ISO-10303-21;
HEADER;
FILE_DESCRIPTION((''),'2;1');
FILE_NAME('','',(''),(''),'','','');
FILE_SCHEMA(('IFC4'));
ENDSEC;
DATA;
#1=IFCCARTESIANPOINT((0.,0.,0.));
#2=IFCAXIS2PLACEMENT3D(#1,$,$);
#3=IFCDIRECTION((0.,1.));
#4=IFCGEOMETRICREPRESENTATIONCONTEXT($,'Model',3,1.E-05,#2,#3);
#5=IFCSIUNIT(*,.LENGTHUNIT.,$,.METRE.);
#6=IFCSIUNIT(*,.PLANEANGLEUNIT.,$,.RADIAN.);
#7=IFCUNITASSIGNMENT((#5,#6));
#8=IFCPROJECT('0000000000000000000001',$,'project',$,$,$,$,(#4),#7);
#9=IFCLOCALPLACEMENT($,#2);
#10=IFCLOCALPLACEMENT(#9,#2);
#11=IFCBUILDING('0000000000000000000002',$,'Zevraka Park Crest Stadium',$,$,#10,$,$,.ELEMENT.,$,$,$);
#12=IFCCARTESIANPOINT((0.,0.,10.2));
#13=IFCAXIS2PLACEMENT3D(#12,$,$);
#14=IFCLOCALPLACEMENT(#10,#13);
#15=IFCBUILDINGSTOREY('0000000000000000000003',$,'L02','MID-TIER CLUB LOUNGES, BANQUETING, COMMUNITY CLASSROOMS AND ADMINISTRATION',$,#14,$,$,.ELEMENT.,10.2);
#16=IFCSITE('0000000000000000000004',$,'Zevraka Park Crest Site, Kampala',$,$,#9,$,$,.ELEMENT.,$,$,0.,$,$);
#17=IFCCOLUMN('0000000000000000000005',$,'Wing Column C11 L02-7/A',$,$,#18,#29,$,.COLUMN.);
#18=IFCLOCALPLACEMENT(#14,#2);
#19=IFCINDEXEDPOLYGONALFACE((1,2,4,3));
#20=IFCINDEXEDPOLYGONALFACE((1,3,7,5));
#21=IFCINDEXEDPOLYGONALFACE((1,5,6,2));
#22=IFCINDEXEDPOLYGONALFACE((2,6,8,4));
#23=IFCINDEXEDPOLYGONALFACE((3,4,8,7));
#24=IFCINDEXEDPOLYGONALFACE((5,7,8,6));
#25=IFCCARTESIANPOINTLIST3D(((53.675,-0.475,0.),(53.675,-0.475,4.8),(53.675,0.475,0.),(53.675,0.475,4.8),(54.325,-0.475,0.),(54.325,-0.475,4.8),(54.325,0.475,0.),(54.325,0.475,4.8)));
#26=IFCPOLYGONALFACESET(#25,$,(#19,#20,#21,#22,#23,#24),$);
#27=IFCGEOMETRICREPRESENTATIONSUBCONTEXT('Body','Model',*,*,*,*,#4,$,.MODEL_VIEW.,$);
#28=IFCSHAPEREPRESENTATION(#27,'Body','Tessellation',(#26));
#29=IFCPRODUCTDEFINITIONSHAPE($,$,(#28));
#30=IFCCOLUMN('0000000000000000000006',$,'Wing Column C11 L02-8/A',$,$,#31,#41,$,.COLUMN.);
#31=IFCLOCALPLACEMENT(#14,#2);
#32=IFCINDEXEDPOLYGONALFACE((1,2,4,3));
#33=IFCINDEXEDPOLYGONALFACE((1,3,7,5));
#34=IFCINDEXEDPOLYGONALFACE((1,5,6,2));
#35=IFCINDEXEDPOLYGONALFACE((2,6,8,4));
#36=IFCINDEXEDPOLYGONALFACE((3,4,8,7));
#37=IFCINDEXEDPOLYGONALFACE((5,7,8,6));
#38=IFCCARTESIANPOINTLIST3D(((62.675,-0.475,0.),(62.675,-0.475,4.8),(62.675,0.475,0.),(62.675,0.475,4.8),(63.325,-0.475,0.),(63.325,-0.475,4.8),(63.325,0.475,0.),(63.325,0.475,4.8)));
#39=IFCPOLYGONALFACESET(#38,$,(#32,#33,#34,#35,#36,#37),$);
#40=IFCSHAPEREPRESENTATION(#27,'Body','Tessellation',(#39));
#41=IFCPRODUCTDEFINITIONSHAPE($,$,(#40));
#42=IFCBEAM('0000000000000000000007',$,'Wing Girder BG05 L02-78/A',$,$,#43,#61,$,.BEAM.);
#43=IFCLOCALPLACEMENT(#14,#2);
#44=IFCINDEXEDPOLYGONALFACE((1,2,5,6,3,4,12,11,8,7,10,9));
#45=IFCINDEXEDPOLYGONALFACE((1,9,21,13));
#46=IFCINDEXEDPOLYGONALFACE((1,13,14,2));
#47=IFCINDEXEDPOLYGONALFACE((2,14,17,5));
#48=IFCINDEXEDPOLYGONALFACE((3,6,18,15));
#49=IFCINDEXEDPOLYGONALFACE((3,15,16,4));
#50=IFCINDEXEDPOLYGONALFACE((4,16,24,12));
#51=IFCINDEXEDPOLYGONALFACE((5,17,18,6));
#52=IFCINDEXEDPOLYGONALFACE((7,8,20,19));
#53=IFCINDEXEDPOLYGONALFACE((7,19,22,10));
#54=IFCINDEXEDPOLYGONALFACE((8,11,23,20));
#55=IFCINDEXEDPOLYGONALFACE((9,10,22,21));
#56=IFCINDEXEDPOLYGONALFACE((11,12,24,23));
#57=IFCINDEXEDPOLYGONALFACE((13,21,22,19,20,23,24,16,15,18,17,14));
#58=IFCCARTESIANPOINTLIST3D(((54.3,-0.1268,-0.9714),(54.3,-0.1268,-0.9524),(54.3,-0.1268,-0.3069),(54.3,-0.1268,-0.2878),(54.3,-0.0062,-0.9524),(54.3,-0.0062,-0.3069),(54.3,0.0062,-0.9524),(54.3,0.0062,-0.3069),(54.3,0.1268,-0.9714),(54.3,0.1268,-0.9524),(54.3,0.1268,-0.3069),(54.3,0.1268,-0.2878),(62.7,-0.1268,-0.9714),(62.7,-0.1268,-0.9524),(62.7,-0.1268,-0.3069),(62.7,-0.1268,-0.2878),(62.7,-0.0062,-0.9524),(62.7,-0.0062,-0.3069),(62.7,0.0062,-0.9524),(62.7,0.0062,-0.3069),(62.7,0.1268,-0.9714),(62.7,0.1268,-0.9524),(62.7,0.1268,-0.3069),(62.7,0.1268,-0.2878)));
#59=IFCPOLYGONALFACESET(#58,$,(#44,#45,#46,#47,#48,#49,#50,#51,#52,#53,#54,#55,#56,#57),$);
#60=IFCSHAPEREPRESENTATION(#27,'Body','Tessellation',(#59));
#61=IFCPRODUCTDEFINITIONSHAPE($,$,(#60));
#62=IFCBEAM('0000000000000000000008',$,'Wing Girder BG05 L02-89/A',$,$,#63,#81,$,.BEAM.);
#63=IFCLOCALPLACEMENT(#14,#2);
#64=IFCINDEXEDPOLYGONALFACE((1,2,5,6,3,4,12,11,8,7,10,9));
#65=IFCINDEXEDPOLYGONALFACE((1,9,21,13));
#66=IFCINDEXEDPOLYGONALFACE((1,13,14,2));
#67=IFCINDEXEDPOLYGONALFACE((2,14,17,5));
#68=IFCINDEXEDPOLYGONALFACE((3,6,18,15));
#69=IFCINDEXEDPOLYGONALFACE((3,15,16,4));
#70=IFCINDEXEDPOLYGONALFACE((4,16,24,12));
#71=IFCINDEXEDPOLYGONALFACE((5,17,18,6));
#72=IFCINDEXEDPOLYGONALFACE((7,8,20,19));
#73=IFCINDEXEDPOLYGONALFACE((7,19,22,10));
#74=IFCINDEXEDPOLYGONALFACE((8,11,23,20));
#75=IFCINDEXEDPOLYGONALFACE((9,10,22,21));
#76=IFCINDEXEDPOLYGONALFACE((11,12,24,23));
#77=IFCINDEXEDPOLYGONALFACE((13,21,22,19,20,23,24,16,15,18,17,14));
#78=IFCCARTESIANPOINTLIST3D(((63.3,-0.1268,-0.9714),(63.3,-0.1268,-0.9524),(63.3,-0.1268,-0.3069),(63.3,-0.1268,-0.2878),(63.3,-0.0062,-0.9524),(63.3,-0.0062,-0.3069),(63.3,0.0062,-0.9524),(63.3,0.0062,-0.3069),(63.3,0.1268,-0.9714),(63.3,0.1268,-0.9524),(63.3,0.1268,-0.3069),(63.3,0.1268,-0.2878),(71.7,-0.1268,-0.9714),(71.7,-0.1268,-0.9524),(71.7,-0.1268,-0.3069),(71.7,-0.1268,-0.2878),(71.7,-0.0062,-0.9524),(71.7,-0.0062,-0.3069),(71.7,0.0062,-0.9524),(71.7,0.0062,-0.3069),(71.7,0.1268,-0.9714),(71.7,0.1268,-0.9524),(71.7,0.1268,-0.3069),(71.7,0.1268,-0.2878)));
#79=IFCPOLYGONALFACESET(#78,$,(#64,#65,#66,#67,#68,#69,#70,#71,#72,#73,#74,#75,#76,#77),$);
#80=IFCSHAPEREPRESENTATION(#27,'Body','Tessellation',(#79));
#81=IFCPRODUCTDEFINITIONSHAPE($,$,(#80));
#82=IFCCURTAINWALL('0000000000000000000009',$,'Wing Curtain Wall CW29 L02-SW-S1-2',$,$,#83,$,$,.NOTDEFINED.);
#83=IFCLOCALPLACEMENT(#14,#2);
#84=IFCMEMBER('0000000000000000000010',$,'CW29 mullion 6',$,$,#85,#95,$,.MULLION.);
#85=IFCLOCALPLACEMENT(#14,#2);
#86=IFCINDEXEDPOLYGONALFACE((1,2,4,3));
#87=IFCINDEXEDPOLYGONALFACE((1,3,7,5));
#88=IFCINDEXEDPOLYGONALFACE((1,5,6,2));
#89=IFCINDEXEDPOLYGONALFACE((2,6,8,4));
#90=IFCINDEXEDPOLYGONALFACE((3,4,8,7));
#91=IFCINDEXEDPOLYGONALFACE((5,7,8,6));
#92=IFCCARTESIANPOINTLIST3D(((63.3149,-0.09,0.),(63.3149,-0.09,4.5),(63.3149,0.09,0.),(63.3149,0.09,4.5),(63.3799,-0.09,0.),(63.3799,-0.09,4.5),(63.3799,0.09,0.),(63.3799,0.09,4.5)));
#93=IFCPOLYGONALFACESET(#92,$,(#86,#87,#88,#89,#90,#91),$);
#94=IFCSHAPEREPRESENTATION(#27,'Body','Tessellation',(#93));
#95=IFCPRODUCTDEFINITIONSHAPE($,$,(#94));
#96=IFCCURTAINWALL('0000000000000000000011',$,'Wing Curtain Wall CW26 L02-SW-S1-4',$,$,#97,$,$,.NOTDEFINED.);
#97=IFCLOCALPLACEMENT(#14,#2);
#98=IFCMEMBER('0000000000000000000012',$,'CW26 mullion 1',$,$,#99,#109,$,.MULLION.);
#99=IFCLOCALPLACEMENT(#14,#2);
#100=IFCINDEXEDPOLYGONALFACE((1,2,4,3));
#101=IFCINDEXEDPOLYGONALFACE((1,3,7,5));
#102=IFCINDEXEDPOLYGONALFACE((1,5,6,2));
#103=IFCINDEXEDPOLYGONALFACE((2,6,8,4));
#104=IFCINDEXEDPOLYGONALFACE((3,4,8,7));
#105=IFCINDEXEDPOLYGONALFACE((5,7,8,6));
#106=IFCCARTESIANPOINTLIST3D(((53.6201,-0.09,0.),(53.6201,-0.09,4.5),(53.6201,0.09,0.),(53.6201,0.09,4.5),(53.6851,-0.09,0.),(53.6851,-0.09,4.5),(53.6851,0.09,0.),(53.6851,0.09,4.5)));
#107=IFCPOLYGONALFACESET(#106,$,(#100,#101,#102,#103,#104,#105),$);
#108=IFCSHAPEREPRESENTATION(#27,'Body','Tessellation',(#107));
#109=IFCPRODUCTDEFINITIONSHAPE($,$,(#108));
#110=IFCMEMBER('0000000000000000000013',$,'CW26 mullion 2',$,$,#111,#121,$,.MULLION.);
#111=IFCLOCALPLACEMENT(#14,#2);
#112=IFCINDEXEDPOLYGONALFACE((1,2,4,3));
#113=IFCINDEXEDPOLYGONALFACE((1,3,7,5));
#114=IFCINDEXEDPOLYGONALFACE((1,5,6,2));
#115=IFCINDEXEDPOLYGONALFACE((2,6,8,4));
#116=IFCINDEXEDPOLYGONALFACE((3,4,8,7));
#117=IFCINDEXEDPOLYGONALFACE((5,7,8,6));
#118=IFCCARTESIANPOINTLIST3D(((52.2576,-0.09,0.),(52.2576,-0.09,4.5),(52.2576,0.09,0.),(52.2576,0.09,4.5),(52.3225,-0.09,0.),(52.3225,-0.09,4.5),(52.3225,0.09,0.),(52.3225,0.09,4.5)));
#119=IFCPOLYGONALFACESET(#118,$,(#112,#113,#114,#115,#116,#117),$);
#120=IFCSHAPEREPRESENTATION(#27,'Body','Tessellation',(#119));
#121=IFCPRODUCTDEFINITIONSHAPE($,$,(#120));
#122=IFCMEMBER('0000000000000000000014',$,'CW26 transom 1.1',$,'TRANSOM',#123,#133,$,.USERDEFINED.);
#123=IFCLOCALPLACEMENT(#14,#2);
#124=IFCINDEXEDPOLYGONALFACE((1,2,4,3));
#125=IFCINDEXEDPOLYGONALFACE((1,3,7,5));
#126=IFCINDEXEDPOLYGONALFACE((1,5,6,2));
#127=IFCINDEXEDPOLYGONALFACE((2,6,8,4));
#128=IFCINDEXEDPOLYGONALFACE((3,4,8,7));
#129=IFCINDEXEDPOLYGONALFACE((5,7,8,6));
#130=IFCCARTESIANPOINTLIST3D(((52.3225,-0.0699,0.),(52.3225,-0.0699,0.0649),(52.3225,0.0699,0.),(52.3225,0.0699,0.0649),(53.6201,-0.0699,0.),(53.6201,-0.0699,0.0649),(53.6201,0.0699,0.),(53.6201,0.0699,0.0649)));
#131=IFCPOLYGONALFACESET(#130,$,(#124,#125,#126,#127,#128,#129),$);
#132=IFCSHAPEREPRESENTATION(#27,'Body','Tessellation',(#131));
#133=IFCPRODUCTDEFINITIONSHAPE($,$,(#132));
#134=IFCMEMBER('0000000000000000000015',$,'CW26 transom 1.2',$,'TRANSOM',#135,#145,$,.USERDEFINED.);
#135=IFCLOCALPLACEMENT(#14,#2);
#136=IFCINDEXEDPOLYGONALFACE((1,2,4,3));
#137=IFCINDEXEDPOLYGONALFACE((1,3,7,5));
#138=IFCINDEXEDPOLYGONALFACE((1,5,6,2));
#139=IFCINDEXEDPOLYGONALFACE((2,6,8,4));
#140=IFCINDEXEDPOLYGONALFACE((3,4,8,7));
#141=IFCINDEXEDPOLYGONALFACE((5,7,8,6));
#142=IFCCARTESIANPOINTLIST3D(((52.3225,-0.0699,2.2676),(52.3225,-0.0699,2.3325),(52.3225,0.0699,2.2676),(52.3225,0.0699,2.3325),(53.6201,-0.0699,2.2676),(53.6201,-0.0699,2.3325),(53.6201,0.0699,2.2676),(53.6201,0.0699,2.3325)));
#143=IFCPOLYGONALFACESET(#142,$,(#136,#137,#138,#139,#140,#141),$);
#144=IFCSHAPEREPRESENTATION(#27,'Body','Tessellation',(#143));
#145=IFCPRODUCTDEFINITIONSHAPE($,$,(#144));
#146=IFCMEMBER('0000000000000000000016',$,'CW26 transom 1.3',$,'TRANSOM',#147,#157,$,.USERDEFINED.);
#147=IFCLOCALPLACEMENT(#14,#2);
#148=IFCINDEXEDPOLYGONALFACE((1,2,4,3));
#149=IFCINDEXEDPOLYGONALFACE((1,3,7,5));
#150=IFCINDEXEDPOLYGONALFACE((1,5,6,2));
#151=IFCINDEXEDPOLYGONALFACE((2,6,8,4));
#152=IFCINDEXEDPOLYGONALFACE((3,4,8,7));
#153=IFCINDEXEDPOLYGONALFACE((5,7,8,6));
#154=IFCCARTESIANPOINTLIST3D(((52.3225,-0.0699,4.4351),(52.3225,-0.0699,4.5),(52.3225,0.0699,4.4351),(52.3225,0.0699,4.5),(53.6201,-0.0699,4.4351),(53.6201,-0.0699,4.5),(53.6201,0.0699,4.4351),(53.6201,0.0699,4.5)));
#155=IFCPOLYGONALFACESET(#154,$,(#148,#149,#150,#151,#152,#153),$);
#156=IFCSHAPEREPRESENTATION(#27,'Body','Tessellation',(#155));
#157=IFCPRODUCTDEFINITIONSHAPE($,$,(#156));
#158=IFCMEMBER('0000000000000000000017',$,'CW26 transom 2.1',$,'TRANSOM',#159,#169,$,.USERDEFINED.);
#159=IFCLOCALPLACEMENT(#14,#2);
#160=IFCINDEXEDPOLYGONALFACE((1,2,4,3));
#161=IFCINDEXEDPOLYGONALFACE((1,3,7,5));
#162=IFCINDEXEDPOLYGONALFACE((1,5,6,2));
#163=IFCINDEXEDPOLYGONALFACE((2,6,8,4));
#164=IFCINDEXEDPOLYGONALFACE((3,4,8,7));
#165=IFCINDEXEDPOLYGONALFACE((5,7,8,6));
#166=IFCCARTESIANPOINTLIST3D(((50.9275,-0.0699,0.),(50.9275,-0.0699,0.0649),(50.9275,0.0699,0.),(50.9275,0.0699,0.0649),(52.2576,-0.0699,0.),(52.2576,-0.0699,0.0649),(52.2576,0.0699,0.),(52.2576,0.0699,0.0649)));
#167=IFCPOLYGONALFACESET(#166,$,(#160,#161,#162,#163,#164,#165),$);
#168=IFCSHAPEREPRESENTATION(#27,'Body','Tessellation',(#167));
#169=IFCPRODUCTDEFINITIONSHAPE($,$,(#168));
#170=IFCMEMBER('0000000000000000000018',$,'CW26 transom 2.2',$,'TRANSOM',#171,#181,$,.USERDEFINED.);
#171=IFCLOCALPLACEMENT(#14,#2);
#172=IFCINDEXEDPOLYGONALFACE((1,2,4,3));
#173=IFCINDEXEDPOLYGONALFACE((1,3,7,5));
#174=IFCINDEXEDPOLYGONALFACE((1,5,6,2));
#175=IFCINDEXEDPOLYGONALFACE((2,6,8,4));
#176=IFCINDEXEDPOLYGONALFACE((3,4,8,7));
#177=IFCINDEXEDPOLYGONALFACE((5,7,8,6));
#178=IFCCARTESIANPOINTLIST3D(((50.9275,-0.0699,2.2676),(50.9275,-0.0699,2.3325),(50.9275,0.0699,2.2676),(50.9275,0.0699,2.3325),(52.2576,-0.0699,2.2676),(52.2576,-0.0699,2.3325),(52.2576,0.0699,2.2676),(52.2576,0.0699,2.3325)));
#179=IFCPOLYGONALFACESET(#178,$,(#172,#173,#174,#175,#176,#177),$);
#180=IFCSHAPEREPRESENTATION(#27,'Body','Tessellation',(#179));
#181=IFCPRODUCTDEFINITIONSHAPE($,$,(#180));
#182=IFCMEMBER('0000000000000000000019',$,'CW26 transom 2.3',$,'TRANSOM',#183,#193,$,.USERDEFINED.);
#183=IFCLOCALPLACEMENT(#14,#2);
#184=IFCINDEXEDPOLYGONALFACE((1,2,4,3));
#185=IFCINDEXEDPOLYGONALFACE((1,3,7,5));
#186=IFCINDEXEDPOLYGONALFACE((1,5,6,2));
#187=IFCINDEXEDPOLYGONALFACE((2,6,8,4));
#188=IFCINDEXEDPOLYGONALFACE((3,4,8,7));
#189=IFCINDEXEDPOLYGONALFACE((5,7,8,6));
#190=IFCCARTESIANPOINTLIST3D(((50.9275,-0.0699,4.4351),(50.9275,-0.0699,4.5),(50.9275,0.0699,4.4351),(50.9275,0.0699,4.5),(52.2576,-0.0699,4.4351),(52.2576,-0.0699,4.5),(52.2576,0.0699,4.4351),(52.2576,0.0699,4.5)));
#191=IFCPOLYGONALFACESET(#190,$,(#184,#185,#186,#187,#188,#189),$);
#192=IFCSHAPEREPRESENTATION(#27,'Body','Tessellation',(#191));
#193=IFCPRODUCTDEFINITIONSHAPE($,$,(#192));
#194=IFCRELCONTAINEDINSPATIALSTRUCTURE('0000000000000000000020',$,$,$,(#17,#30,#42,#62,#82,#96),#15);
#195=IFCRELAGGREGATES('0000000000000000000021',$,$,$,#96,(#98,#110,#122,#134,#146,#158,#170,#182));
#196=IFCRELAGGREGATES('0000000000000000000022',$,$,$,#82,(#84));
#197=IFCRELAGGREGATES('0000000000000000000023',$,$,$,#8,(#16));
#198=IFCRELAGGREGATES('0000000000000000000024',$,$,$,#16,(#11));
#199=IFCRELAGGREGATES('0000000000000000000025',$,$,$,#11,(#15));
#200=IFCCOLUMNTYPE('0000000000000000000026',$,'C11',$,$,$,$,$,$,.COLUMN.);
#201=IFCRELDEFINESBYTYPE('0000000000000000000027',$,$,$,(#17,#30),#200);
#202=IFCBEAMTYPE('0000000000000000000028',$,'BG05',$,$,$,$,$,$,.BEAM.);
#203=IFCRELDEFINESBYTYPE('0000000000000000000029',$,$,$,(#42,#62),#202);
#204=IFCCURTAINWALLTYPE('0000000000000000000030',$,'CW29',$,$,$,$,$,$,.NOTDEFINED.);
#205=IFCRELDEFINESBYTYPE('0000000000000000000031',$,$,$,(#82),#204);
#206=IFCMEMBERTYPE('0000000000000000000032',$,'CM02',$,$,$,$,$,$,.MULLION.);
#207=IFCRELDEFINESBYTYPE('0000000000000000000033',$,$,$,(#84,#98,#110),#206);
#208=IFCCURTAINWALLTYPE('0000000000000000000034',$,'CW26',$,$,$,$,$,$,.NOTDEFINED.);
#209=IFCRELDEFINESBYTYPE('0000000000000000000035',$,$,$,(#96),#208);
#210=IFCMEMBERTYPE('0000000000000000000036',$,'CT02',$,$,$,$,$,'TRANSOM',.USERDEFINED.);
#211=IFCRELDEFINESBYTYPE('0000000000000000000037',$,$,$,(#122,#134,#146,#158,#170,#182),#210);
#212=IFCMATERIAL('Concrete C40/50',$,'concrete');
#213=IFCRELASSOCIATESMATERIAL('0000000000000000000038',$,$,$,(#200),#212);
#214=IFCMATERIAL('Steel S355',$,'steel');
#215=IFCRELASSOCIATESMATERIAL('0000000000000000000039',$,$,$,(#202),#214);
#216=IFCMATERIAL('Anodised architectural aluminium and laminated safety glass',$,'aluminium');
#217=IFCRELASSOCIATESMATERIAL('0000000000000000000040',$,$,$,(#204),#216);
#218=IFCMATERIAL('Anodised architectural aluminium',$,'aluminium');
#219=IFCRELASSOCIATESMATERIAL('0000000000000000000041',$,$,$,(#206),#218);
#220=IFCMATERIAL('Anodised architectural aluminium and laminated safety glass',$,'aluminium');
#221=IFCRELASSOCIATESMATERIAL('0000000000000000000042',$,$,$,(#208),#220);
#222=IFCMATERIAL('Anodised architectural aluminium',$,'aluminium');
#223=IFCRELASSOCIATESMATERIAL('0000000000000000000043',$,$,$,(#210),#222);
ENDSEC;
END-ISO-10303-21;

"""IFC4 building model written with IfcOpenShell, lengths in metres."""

from ifc_helpers import new_model, si_unit, direction, frame, origin, origin_2d, place, context, subcontext, project, spatial, rectangle, i_section, extrude, material, material_profile, profile_set, type_object, element, aggregate, save


model = new_model("IFC4")

# Units and contexts
model_context = context("Model", 3, precision=1e-05, world=origin(), true_north=direction((0.0, 1.0)))
body_context = subcontext(model_context, "Body", "Model", "MODEL_VIEW")
ifc_project = project(units=[si_unit("LENGTHUNIT", "METRE"), si_unit("PLANEANGLEUNIT", "RADIAN")], contexts=[model_context])

# Site, building, storey
site_placement = place(None, origin())
site = spatial("IfcSite", under=ifc_project, at=site_placement, Name="Zevraka Park Crest Site, Kampala", CompositionType="ELEMENT", RefElevation=0.0)
building_placement = place(site_placement, origin())
building = spatial("IfcBuilding", under=site, at=building_placement, Name="Zevraka Park Crest Stadium", CompositionType="ELEMENT")
storey_placement = place(building_placement, frame((0.0, 0.0, 10.2)))
storey = spatial("IfcBuildingStorey", under=building, at=storey_placement, Name="L02", Description="MID-TIER CLUB LOUNGES, BANQUETING, COMMUNITY CLASSROOMS AND ADMINISTRATION", CompositionType="ELEMENT", Elevation=10.2)

# Columns
ifc_material_1 = material(Name="Concrete C40/50", Category="concrete")
ifc_material_profile_1 = material_profile(ifc_material_1, rectangle(XDim=0.6499, YDim=0.95, at=origin_2d()), Name="RC 950x650")
ifc_profile_set_1 = profile_set([ifc_material_profile_1], Name="Concrete C40/50")
column_type = type_object("IfcColumnType", Name="C11", PredefinedType="COLUMN", material=ifc_profile_set_1)
for number, where, z_axis, x_axis, name in (
    (1, (54.0, 0.0, 0.0), (0.0, 0.0, 1.0), (1.0, 0.0, 0.0), "Wing Column C11 L02-7/A"),
    (2, (63.0, 0.0, 0.0), (0.0, 0.0, 1.0), (1.0, 0.0, 0.0), "Wing Column C11 L02-8/A"),
):
    element("IfcColumn", number, at=place(storey_placement, frame(where, z_axis=z_axis, x_axis=x_axis)), inside=storey, type_object=column_type, Name=name, PredefinedType="COLUMN", context=body_context, shape_type="SweptSolid", body=[
        extrude(rectangle(XDim=0.6499, YDim=0.95, at=origin_2d()), origin(), (0.0, 0.0, 1.0), 4.8),
    ])

# Beams
ifc_material_2 = material(Name="Steel S355", Category="steel")
ifc_material_profile_2 = material_profile(ifc_material_2, i_section(OverallWidth=0.2537, OverallDepth=0.6836, WebThickness=0.0125, FlangeThickness=0.019, at=origin_2d()), Name="UKB 686x254x140")
ifc_profile_set_2 = profile_set([ifc_material_profile_2], Name="Steel S355")
beam_type = type_object("IfcBeamType", Name="BG05", PredefinedType="BEAM", material=ifc_profile_set_2)
for number, where, z_axis, x_axis, name in (
    (3, (54.3, 0.0, -0.6296), (1.0, 0.0, 0.0), (0.0, 1.0, 0.0), "Wing Girder BG05 L02-78/A"),
    (4, (63.3, 0.0, -0.6296), (1.0, 0.0, 0.0), (0.0, 1.0, 0.0), "Wing Girder BG05 L02-89/A"),
):
    element("IfcBeam", number, at=place(storey_placement, frame(where, z_axis=z_axis, x_axis=x_axis)), inside=storey, type_object=beam_type, Name=name, PredefinedType="BEAM", context=body_context, shape_type="SweptSolid", body=[
        extrude(i_section(OverallWidth=0.2537, OverallDepth=0.6836, WebThickness=0.0125, FlangeThickness=0.019, at=origin_2d()), origin(), (0.0, 0.0, 1.0), 8.3999),
    ])

# Curtain wall, member
ifc_material_3 = material(Name="Anodised architectural aluminium and laminated safety glass", Category="aluminium")
curtain_wall_type_1 = type_object("IfcCurtainWallType", Name="CW29", PredefinedType="NOTDEFINED", material=ifc_material_3)
curtain_wall_1_placement = place(storey_placement, origin())
curtain_wall_1 = element("IfcCurtainWall", 5, at=curtain_wall_1_placement, inside=storey, type_object=curtain_wall_type_1, Name="Wing Curtain Wall CW29 L02-SW-S1-2", PredefinedType="NOTDEFINED")
ifc_material_4 = material(Name="Anodised architectural aluminium", Category="aluminium")
ifc_material_profile_3 = material_profile(ifc_material_4, rectangle(XDim=0.1799, YDim=0.0649, at=origin_2d()), Name="ALU MULLION 180x65")
ifc_profile_set_3 = profile_set([ifc_material_profile_3], Name="Anodised architectural aluminium")
member_type_1 = type_object("IfcMemberType", Name="CM02", PredefinedType="MULLION", material=ifc_profile_set_3)
member_1_placement = place(storey_placement, frame((63.3474, 0.0, 0.0), z_axis=(0.0, 0.0, 1.0), x_axis=(0.0, -1.0, 0.0)))
member_1 = element("IfcMember", 6, at=member_1_placement, type_object=member_type_1, Name="CW29 mullion 6", PredefinedType="MULLION", context=body_context, shape_type="SweptSolid", body=[
    extrude(rectangle(XDim=0.1799, YDim=0.0649, at=origin_2d()), origin(), (0.0, 0.0, 1.0), 4.5),
])

# Curtain wall, members
ifc_material_5 = material(Name="Anodised architectural aluminium and laminated safety glass", Category="aluminium")
curtain_wall_type_2 = type_object("IfcCurtainWallType", Name="CW26", PredefinedType="NOTDEFINED", material=ifc_material_5)
curtain_wall_2_placement = place(storey_placement, origin())
curtain_wall_2 = element("IfcCurtainWall", 7, at=curtain_wall_2_placement, inside=storey, type_object=curtain_wall_type_2, Name="Wing Curtain Wall CW26 L02-SW-S1-4", PredefinedType="NOTDEFINED")
member_2_placement = place(storey_placement, frame((53.6526, 0.0, 0.0), z_axis=(0.0, 0.0, 1.0), x_axis=(0.0, -1.0, 0.0)))
member_2 = element("IfcMember", 8, at=member_2_placement, type_object=member_type_1, Name="CW26 mullion 1", PredefinedType="MULLION", context=body_context, shape_type="SweptSolid", body=[
    extrude(rectangle(XDim=0.1799, YDim=0.0649, at=origin_2d()), origin(), (0.0, 0.0, 1.0), 4.5),
])
member_3_placement = place(storey_placement, frame((52.29, 0.0, 0.0), z_axis=(0.0, 0.0, 1.0), x_axis=(0.0, -1.0, 0.0)))
member_3 = element("IfcMember", 9, at=member_3_placement, type_object=member_type_1, Name="CW26 mullion 2", PredefinedType="MULLION", context=body_context, shape_type="SweptSolid", body=[
    extrude(rectangle(XDim=0.1799, YDim=0.0649, at=origin_2d()), origin(), (0.0, 0.0, 1.0), 4.5),
])
ifc_material_6 = material(Name="Anodised architectural aluminium", Category="aluminium")
ifc_material_profile_4 = material_profile(ifc_material_6, rectangle(XDim=0.1399, YDim=0.0649, at=origin_2d()), Name="ALU TRANSOM 140x65")
ifc_profile_set_4 = profile_set([ifc_material_profile_4], Name="Anodised architectural aluminium")
member_type_2 = type_object("IfcMemberType", Name="CT02", ElementType="TRANSOM", PredefinedType="USERDEFINED", material=ifc_profile_set_4)
member_4_placement = place(storey_placement, frame((53.6201, 0.0, 0.0325), z_axis=(-1.0, 0.0, 0.0), x_axis=(0.0, -1.0, 0.0)))
member_4 = element("IfcMember", 10, at=member_4_placement, type_object=member_type_2, Name="CW26 transom 1.1", ObjectType="TRANSOM", PredefinedType="USERDEFINED", context=body_context, shape_type="SweptSolid", body=[
    extrude(rectangle(XDim=0.1399, YDim=0.0649, at=origin_2d()), origin(), (0.0, 0.0, 1.0), 1.2976),
])
member_5_placement = place(storey_placement, frame((53.6201, 0.0, 2.3), z_axis=(-1.0, 0.0, 0.0), x_axis=(0.0, -1.0, 0.0)))
member_5 = element("IfcMember", 11, at=member_5_placement, type_object=member_type_2, Name="CW26 transom 1.2", ObjectType="TRANSOM", PredefinedType="USERDEFINED", context=body_context, shape_type="SweptSolid", body=[
    extrude(rectangle(XDim=0.1399, YDim=0.0649, at=origin_2d()), origin(), (0.0, 0.0, 1.0), 1.2976),
])
member_6_placement = place(storey_placement, frame((53.6201, 0.0, 4.4675), z_axis=(-1.0, 0.0, 0.0), x_axis=(0.0, -1.0, 0.0)))
member_6 = element("IfcMember", 12, at=member_6_placement, type_object=member_type_2, Name="CW26 transom 1.3", ObjectType="TRANSOM", PredefinedType="USERDEFINED", context=body_context, shape_type="SweptSolid", body=[
    extrude(rectangle(XDim=0.1399, YDim=0.0649, at=origin_2d()), origin(), (0.0, 0.0, 1.0), 1.2976),
])
member_7_placement = place(storey_placement, frame((52.2576, 0.0, 0.0325), z_axis=(-1.0, 0.0, 0.0), x_axis=(0.0, -1.0, 0.0)))
member_7 = element("IfcMember", 13, at=member_7_placement, type_object=member_type_2, Name="CW26 transom 2.1", ObjectType="TRANSOM", PredefinedType="USERDEFINED", context=body_context, shape_type="SweptSolid", body=[
    extrude(rectangle(XDim=0.1399, YDim=0.0649, at=origin_2d()), origin(), (0.0, 0.0, 1.0), 1.3301),
])
member_8_placement = place(storey_placement, frame((52.2576, 0.0, 2.3), z_axis=(-1.0, 0.0, 0.0), x_axis=(0.0, -1.0, 0.0)))
member_8 = element("IfcMember", 14, at=member_8_placement, type_object=member_type_2, Name="CW26 transom 2.2", ObjectType="TRANSOM", PredefinedType="USERDEFINED", context=body_context, shape_type="SweptSolid", body=[
    extrude(rectangle(XDim=0.1399, YDim=0.0649, at=origin_2d()), origin(), (0.0, 0.0, 1.0), 1.3301),
])
member_9_placement = place(storey_placement, frame((52.2576, 0.0, 4.4675), z_axis=(-1.0, 0.0, 0.0), x_axis=(0.0, -1.0, 0.0)))
member_9 = element("IfcMember", 15, at=member_9_placement, type_object=member_type_2, Name="CW26 transom 2.3", ObjectType="TRANSOM", PredefinedType="USERDEFINED", context=body_context, shape_type="SweptSolid", body=[
    extrude(rectangle(XDim=0.1399, YDim=0.0649, at=origin_2d()), origin(), (0.0, 0.0, 1.0), 1.3301),
])
aggregate(curtain_wall_2, [member_2, member_3, member_4, member_5, member_6, member_7, member_8, member_9])

aggregate(curtain_wall_1, [member_1])

save(model, "model.ifc")
